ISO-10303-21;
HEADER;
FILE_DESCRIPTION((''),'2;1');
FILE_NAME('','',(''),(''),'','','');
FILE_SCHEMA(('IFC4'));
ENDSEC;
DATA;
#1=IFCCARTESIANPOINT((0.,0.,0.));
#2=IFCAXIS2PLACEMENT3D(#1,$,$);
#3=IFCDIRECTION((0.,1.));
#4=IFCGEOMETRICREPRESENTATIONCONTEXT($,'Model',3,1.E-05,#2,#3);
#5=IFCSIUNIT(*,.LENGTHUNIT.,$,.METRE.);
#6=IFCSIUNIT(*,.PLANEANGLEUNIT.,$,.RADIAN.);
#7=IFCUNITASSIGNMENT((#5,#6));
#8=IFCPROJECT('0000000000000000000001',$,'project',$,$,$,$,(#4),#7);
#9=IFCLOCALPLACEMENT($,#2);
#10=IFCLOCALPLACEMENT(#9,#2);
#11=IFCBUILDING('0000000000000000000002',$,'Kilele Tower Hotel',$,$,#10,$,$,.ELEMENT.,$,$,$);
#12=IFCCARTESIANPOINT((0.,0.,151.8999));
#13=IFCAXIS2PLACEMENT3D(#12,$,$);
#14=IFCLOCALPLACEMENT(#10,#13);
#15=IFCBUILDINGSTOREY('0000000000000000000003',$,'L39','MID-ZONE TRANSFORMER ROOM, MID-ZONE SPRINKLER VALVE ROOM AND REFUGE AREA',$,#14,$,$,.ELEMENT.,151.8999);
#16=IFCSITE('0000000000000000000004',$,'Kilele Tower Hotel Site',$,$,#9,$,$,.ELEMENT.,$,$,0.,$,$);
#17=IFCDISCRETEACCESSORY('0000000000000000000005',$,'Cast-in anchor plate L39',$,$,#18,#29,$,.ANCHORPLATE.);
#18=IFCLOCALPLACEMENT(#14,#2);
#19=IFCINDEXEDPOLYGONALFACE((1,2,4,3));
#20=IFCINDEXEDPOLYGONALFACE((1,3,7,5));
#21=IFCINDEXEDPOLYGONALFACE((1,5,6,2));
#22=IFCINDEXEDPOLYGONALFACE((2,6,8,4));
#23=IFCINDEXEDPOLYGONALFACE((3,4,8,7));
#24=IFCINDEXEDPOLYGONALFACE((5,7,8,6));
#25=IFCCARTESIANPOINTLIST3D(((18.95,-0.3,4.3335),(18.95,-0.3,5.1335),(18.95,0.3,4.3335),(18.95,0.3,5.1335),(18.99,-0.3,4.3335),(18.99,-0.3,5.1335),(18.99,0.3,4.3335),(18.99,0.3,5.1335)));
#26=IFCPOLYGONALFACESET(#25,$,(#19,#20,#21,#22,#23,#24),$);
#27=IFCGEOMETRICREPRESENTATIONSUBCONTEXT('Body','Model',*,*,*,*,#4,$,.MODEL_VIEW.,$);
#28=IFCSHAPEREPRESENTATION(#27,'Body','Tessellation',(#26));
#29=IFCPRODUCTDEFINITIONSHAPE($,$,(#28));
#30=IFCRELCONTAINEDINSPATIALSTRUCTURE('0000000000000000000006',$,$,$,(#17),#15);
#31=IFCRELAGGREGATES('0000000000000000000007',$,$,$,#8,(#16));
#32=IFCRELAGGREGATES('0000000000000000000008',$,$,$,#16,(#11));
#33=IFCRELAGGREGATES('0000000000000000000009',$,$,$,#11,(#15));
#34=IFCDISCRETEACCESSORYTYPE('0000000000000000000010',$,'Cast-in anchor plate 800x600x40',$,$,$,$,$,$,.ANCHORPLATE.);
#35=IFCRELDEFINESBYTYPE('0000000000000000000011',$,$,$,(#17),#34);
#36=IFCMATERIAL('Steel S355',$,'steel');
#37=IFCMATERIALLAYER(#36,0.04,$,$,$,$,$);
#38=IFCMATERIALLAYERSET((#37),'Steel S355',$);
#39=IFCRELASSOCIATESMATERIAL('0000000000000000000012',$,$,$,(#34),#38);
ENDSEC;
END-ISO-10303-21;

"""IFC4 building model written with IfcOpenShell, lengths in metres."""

from ifc_helpers import new_model, si_unit, direction, frame, origin, place, context, subcontext, project, spatial, polyline, outline, extrude, source, transform, mapped, material, layer, layer_set, type_object, element, save


model = new_model("IFC4")

# Units and contexts
model_context = context("Model", 3, precision=1e-05, world=origin(), true_north=direction((0.0, 1.0)))
body_context = subcontext(model_context, "Body", "Model", "MODEL_VIEW")
ifc_project = project(units=[si_unit("LENGTHUNIT", "METRE"), si_unit("PLANEANGLEUNIT", "RADIAN")], contexts=[model_context])

# Site, building, storey
site_placement = place(None, origin())
site = spatial("IfcSite", under=ifc_project, at=site_placement, Name="Kilele Tower Hotel Site", CompositionType="ELEMENT", RefElevation=0.0)
building_placement = place(site_placement, origin())
building = spatial("IfcBuilding", under=site, at=building_placement, Name="Kilele Tower Hotel", CompositionType="ELEMENT")
storey_placement = place(building_placement, frame((0.0, 0.0, 151.8999)))
storey = spatial("IfcBuildingStorey", under=building, at=storey_placement, Name="L39", Description="MID-ZONE TRANSFORMER ROOM, MID-ZONE SPRINKLER VALVE ROOM AND REFUGE AREA", CompositionType="ELEMENT", Elevation=151.8999)

# Discrete accessory
ifc_material_1 = material(Name="Steel S355", Category="steel")
ifc_layer_1 = layer(ifc_material_1, 0.04)
ifc_layer_set_1 = layer_set([ifc_layer_1], Name="Steel S355")
discrete_accessory_type = type_object("IfcDiscreteAccessoryType", Name="Cast-in anchor plate 800x600x40", PredefinedType="ANCHORPLATE", material=ifc_layer_set_1)
shared_shape = source(origin(), body_context, "Body", "SweptSolid", [
    extrude(outline(polyline([(0.0, 0.0), (0.04, 0.0), (0.04, 0.8), (0.0, 0.8), (0.0, 0.0)])), origin(), (0.0, 0.0, 1.0), 0.6001),
])
for number, where, z_axis, x_axis, name in (
    (1, (18.95, 0.3, 4.3335), (0.0, -1.0, 0.0), (1.0, 0.0, 0.0), "Cast-in anchor plate L39"),
):
    element("IfcDiscreteAccessory", number, at=place(storey_placement, frame(where, z_axis=z_axis, x_axis=x_axis)), inside=storey, type_object=discrete_accessory_type, Name=name, PredefinedType="ANCHORPLATE", context=body_context, shape_type="MappedRepresentation", body=[
        mapped(shared_shape, transform((0.0, 0.0, 0.0))),
    ])

save(model, "model.ifc")
